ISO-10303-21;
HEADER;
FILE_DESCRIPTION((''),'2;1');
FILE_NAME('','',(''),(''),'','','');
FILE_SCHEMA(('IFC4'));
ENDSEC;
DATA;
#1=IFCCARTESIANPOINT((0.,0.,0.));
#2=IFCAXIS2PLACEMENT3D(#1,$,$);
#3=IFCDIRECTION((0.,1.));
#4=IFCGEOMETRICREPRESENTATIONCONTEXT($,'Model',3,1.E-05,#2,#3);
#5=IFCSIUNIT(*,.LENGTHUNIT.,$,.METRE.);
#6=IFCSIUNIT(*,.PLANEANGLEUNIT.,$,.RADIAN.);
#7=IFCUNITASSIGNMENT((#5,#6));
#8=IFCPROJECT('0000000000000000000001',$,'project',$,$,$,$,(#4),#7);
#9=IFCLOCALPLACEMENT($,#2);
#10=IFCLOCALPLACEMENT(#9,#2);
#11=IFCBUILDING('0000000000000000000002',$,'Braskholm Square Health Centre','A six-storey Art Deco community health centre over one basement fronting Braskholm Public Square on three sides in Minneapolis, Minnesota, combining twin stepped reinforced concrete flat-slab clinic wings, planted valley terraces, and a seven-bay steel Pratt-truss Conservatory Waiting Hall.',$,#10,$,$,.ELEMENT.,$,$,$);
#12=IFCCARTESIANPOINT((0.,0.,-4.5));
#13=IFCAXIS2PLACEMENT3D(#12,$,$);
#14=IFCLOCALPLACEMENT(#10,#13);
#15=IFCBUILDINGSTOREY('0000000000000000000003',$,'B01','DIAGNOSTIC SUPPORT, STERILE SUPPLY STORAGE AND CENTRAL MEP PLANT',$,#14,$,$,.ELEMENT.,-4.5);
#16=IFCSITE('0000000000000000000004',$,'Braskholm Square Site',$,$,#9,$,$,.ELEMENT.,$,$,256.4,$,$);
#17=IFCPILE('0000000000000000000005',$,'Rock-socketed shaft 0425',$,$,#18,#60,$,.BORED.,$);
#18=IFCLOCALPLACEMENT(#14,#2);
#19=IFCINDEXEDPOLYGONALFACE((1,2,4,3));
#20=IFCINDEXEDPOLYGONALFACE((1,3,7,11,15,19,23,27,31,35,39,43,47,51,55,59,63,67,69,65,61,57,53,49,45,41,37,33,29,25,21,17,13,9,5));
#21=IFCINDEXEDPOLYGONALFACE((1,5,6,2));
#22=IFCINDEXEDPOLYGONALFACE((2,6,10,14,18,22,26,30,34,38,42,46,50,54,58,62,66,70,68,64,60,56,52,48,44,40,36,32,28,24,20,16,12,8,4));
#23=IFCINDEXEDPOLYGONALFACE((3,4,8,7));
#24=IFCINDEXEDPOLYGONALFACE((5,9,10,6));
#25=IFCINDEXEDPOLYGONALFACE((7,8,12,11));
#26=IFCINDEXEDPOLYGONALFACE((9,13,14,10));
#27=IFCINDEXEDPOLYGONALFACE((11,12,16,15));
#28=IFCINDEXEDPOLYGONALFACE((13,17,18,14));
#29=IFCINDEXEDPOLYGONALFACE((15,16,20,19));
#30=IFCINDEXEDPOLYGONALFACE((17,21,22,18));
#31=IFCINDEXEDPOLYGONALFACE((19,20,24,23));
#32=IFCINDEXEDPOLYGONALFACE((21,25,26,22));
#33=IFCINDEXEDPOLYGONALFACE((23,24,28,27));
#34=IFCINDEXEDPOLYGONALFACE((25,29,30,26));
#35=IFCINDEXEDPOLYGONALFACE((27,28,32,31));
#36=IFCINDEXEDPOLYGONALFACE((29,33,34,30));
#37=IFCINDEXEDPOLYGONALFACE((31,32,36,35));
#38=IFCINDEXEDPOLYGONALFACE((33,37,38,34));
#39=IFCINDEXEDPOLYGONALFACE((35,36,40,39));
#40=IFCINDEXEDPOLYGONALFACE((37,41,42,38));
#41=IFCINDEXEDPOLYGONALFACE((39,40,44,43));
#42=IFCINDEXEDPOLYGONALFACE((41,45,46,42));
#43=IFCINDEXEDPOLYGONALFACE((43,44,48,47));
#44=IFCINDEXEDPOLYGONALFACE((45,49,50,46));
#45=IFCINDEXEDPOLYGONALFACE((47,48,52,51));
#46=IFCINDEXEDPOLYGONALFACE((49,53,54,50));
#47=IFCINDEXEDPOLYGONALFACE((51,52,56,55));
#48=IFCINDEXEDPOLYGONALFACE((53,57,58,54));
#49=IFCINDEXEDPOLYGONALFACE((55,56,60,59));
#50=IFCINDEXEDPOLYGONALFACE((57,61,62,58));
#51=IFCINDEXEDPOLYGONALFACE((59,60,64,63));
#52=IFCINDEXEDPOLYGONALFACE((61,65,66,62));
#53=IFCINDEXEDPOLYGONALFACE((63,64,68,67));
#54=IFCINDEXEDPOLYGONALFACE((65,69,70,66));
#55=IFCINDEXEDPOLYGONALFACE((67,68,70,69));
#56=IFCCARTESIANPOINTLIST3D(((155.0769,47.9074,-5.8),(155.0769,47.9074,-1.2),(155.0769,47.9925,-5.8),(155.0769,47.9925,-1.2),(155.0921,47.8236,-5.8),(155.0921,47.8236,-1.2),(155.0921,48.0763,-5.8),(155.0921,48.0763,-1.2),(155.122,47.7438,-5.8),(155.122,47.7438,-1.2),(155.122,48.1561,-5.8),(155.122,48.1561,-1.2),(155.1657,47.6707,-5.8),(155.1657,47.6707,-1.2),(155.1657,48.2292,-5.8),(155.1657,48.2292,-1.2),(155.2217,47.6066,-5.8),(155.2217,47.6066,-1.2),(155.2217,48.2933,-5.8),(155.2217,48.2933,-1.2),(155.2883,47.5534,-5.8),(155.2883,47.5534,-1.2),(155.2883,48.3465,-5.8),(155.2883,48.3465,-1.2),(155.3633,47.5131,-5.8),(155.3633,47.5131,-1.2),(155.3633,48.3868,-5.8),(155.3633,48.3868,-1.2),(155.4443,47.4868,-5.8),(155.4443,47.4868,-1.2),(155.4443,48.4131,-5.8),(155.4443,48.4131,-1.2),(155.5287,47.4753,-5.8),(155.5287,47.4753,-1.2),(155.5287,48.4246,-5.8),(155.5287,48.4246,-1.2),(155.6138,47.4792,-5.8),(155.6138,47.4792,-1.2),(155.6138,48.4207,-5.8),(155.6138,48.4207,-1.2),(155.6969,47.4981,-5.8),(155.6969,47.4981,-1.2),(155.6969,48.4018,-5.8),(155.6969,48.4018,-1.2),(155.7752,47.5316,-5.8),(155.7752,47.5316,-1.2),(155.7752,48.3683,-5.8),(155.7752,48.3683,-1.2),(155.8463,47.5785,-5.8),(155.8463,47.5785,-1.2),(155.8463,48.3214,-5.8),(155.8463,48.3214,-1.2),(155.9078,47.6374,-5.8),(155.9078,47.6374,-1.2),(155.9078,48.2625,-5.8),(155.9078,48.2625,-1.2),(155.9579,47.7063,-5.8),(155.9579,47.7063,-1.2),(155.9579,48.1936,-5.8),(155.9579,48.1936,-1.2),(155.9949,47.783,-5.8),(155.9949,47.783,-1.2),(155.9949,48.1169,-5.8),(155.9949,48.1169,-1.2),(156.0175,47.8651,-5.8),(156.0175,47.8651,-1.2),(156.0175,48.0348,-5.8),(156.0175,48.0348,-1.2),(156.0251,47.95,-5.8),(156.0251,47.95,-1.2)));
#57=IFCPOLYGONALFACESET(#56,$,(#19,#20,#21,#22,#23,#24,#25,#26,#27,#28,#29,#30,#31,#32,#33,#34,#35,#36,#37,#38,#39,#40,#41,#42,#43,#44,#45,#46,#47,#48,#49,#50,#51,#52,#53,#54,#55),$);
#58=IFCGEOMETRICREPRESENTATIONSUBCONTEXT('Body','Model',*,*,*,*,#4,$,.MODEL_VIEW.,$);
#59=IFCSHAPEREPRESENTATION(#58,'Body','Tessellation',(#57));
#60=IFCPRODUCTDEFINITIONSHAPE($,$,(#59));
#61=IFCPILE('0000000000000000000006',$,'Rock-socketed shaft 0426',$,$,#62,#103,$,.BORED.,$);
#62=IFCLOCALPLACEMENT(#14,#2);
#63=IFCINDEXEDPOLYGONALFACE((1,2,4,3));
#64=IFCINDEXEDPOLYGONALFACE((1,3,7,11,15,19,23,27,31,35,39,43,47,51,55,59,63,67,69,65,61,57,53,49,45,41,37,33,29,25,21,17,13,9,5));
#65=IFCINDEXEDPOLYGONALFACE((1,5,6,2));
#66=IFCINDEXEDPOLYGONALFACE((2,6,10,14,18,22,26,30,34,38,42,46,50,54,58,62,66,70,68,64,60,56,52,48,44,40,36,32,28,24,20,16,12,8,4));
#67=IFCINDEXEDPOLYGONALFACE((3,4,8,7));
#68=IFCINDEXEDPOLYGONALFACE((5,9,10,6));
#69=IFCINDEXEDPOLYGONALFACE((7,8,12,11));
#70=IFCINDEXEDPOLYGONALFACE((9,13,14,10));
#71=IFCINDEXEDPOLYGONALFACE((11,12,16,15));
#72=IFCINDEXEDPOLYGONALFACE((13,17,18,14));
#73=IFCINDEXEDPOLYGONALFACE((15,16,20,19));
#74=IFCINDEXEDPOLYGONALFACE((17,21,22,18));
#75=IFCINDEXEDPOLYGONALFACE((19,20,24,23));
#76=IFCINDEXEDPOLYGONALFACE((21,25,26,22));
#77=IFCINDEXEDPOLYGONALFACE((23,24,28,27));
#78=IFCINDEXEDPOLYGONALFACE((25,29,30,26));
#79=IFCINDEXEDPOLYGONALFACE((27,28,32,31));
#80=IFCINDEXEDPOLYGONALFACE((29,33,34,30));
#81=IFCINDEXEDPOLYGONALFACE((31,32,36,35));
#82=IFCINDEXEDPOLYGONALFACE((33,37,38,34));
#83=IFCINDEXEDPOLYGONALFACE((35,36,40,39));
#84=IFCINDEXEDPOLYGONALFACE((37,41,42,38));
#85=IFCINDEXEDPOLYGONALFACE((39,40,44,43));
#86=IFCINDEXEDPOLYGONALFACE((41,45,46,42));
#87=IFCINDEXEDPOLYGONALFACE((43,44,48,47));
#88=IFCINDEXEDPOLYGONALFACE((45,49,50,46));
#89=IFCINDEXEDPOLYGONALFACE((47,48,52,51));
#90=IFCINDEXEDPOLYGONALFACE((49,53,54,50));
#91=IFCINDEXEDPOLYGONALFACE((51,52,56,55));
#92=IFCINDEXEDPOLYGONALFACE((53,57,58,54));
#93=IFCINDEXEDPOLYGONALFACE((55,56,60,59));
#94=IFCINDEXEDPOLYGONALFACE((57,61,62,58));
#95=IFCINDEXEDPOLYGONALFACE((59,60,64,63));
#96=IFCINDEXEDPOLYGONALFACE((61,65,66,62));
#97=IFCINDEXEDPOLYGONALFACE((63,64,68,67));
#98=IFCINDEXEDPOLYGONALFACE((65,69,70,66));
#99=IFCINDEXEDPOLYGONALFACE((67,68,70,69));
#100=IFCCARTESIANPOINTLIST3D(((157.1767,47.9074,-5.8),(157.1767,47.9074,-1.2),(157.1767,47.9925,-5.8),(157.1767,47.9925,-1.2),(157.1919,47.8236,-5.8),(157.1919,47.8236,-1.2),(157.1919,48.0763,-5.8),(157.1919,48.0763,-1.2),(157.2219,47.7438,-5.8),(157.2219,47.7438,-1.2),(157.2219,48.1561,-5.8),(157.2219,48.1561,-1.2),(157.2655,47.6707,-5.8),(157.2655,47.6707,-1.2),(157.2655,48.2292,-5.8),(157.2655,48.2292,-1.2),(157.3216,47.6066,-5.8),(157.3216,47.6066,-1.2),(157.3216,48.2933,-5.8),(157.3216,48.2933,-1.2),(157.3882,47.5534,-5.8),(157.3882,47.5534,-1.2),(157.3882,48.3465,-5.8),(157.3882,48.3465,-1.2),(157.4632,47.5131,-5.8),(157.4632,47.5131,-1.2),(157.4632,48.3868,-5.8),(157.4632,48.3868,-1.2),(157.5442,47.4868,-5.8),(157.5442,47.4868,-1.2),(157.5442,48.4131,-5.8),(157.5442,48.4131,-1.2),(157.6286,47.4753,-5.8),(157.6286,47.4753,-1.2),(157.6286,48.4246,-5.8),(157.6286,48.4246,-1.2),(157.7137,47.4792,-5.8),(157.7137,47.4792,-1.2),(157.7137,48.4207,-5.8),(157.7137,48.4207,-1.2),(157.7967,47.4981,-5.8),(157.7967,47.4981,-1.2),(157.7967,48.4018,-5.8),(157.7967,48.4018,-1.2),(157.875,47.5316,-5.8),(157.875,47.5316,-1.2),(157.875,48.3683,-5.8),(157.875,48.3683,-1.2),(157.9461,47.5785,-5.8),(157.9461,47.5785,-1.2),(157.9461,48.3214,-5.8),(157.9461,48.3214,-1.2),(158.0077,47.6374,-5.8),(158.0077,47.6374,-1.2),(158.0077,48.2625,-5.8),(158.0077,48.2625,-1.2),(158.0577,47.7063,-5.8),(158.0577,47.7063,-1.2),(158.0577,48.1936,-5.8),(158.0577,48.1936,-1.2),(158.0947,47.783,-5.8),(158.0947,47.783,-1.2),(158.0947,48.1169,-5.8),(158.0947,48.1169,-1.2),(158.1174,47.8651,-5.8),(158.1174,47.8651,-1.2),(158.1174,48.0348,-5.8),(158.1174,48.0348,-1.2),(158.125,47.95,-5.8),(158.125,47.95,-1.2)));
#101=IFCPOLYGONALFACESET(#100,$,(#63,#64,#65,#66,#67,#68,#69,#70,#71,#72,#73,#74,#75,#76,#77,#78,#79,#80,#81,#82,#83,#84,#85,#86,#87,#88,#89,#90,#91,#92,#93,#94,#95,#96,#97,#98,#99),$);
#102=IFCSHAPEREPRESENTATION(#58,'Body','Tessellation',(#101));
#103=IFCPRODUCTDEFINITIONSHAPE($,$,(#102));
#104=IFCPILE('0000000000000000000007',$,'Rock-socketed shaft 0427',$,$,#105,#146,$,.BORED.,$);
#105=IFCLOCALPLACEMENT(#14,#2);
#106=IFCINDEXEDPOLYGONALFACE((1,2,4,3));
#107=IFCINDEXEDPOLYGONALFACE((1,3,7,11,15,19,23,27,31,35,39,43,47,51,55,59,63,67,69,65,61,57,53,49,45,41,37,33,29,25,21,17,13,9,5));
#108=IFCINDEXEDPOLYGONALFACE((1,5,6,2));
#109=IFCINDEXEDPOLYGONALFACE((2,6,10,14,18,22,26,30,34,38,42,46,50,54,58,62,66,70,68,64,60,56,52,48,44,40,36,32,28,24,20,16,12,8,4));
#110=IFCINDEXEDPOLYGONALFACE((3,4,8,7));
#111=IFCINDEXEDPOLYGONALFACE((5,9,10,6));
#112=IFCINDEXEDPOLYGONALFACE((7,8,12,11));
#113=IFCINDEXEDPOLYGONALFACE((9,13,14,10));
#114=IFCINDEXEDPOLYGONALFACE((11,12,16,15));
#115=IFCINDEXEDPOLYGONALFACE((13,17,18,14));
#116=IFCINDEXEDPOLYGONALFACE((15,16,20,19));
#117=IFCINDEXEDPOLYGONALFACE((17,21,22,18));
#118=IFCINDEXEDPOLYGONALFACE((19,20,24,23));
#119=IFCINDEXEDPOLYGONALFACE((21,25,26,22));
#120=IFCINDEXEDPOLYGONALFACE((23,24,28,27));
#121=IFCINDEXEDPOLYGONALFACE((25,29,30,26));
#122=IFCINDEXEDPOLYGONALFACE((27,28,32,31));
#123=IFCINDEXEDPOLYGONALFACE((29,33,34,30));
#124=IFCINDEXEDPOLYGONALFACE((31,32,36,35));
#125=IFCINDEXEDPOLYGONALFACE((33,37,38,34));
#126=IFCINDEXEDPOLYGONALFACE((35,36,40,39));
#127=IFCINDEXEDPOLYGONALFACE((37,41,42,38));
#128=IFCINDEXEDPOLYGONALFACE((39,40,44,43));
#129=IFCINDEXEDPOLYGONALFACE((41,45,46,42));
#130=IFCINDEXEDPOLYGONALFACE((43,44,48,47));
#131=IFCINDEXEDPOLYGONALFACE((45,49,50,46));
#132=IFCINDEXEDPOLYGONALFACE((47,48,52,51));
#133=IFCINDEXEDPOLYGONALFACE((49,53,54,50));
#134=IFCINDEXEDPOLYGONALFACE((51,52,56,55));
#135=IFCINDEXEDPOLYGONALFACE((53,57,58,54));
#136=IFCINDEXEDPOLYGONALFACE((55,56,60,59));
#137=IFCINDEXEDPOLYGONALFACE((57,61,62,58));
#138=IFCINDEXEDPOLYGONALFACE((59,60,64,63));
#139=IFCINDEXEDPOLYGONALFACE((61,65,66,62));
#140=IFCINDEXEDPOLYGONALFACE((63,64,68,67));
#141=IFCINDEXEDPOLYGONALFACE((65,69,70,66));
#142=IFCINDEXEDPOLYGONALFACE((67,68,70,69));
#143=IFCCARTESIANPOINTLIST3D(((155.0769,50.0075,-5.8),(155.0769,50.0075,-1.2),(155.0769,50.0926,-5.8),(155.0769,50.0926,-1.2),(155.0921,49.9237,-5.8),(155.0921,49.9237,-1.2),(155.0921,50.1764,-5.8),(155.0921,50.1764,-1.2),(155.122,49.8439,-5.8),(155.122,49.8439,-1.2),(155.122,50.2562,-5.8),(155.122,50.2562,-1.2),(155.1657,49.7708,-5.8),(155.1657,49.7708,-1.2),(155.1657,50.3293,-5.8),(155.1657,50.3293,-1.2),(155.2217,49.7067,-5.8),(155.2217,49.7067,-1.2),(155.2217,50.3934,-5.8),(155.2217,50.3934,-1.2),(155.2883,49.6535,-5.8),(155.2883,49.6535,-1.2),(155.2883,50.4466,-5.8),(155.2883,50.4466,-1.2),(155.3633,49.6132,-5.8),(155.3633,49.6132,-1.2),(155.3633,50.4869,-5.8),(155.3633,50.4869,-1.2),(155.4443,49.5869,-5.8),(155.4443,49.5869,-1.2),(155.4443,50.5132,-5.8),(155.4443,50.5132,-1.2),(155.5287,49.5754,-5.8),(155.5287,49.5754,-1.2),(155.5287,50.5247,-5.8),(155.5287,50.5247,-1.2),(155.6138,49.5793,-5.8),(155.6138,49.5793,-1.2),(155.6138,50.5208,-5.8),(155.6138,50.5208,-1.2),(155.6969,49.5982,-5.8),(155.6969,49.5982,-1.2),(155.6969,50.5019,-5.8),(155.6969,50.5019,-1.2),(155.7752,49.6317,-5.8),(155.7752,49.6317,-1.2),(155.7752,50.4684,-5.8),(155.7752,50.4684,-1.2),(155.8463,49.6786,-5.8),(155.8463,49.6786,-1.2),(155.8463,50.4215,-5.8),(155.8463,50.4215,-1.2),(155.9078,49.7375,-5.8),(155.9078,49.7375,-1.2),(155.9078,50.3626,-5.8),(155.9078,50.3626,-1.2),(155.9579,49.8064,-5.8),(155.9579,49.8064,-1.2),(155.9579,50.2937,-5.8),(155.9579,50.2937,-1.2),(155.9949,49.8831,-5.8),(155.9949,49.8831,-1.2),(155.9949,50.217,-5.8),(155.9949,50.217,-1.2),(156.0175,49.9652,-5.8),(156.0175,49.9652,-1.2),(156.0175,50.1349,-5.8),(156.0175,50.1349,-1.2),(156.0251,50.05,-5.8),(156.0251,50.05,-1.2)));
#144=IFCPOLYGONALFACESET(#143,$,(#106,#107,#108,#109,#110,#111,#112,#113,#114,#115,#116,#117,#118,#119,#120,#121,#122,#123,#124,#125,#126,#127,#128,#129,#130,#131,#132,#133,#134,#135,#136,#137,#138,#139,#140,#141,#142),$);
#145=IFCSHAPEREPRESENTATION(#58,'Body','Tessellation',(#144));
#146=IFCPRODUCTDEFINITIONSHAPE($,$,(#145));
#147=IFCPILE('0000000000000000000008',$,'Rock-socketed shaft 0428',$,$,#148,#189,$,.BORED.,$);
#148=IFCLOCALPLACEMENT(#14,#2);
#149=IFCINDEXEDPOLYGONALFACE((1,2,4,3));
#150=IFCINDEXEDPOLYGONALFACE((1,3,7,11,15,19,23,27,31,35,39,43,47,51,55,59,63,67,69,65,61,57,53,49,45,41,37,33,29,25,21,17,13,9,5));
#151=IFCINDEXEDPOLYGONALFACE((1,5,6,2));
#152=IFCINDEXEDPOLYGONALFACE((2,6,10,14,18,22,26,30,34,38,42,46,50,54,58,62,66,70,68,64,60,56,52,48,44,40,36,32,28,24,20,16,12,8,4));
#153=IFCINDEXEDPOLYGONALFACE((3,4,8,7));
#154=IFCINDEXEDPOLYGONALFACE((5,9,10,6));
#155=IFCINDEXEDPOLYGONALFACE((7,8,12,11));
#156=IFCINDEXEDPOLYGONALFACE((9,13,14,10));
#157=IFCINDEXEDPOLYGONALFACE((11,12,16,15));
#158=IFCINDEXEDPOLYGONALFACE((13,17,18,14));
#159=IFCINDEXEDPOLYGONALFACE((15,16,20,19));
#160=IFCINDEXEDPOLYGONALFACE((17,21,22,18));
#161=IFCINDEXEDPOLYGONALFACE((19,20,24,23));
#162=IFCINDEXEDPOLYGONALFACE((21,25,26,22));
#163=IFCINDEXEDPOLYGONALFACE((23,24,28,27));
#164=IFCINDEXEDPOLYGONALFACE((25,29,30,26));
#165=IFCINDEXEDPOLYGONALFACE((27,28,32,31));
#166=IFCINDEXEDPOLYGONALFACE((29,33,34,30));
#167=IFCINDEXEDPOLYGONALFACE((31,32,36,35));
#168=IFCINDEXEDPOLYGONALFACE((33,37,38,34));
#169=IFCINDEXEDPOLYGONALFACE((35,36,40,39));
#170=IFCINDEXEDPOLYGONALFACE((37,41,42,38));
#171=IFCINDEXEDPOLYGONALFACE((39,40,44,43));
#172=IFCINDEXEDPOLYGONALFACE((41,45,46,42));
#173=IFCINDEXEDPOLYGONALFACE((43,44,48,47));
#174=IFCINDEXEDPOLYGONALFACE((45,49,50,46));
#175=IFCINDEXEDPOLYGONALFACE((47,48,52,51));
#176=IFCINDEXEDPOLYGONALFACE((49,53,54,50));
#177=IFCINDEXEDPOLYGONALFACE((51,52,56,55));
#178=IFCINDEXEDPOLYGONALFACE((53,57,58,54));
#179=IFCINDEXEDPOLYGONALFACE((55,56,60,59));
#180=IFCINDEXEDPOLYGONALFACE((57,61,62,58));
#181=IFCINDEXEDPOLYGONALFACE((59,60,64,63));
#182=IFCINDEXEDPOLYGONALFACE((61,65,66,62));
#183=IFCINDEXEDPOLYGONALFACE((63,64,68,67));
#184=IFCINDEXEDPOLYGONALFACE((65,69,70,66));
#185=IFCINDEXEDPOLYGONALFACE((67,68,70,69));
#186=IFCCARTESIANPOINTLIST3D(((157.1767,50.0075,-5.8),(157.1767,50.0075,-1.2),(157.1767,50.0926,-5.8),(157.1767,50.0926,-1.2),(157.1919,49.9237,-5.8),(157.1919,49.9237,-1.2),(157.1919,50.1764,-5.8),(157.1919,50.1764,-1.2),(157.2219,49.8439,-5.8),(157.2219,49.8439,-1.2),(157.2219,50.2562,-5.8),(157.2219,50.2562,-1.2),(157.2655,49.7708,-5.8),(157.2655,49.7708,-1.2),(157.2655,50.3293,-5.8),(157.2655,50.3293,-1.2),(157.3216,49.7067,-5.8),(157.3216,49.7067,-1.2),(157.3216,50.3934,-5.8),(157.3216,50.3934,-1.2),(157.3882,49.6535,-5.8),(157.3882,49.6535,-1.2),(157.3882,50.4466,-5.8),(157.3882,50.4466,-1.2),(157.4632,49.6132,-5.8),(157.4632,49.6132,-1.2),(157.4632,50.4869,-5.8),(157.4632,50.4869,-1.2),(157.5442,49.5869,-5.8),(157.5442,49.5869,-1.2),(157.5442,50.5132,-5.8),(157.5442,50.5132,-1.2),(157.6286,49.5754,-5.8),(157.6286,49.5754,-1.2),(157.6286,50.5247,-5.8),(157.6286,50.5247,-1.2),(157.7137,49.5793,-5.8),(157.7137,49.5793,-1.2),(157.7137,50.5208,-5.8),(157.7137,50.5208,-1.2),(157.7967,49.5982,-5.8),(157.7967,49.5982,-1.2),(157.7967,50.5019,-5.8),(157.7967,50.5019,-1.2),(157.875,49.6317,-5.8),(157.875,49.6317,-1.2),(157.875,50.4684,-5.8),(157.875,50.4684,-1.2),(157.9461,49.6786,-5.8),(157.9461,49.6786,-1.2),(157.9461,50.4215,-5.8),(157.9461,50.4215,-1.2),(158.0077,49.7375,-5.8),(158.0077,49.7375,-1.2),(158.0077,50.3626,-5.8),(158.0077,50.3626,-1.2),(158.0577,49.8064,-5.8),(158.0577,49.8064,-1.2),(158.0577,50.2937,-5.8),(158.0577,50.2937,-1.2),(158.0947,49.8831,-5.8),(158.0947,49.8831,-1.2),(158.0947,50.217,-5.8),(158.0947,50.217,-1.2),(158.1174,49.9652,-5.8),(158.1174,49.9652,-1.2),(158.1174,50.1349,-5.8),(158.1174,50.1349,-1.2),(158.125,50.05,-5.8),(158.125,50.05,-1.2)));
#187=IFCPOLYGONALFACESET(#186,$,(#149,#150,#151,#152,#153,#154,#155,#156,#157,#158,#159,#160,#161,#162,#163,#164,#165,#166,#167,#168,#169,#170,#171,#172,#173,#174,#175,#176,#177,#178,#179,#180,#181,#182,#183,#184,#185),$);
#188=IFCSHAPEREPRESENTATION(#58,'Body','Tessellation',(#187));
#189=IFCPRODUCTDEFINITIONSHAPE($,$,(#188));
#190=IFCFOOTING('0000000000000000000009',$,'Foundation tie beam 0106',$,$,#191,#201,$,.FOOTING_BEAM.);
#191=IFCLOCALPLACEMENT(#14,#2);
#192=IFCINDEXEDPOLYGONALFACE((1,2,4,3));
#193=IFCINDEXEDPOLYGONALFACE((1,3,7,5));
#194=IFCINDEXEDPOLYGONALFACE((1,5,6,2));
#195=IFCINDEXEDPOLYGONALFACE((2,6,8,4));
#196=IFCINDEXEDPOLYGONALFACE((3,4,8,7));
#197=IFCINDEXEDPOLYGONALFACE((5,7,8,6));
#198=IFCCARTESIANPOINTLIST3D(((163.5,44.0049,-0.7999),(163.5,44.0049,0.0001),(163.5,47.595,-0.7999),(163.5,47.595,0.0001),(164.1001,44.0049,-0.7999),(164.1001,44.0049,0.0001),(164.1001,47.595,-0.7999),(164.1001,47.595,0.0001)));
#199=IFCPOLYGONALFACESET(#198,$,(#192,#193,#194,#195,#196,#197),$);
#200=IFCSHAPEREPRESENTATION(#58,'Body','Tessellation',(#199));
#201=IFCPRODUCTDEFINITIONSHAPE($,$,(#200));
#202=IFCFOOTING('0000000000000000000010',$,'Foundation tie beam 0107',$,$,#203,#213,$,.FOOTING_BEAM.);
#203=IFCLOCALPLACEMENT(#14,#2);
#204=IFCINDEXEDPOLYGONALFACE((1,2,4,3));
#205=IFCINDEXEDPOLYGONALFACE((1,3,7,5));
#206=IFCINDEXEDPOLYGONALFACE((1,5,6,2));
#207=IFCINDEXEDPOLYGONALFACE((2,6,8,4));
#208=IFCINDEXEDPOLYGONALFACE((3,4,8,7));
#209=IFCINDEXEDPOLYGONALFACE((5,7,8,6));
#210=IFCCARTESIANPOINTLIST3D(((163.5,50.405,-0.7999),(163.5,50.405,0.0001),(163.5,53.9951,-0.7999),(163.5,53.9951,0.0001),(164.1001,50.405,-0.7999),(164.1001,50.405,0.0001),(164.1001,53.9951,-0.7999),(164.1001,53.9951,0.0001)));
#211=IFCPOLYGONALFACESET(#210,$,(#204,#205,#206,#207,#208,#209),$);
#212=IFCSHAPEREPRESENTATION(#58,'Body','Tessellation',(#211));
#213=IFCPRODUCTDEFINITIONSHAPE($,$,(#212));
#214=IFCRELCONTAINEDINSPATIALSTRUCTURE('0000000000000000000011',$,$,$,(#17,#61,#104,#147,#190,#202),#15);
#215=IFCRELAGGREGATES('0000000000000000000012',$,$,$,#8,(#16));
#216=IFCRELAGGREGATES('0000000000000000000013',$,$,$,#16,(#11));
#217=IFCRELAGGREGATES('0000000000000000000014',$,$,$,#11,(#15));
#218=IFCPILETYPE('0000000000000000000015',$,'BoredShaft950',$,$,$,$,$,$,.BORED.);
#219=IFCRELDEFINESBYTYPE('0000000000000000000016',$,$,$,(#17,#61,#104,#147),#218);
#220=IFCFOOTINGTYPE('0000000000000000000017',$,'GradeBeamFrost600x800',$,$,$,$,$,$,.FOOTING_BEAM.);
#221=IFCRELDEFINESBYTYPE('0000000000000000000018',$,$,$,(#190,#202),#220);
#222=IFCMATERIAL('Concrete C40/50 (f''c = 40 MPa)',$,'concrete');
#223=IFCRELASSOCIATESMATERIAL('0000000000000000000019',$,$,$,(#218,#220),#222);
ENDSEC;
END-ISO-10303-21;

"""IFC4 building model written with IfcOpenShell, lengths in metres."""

from ifc_helpers import new_model, si_unit, direction, frame, origin, origin_2d, place, context, subcontext, project, spatial, rectangle, circle, extrude, material, material_profile, profile_set, type_object, element, save


model = new_model("IFC4")

# Units and contexts
model_context = context("Model", 3, precision=1e-05, world=origin(), true_north=direction((0.0, 1.0)))
body_context = subcontext(model_context, "Body", "Model", "MODEL_VIEW")
ifc_project = project(units=[si_unit("LENGTHUNIT", "METRE"), si_unit("PLANEANGLEUNIT", "RADIAN")], contexts=[model_context])

# Site, building, storey
site_placement = place(None, origin())
site = spatial("IfcSite", under=ifc_project, at=site_placement, Name="Braskholm Square Site", CompositionType="ELEMENT", RefElevation=256.4)
building_placement = place(site_placement, origin())
building = spatial("IfcBuilding", under=site, at=building_placement, Name="Braskholm Square Health Centre", Description="A six-storey Art Deco community health centre over one basement fronting Braskholm Public Square on three sides in Minneapolis, Minnesota, combining twin stepped reinforced concrete flat-slab clinic wings, planted valley terraces, and a seven-bay steel Pratt-truss Conservatory Waiting Hall.", CompositionType="ELEMENT")
storey_placement = place(building_placement, frame((0.0, 0.0, -4.5)))
storey = spatial("IfcBuildingStorey", under=building, at=storey_placement, Name="B01", Description="DIAGNOSTIC SUPPORT, STERILE SUPPLY STORAGE AND CENTRAL MEP PLANT", CompositionType="ELEMENT", Elevation=-4.5)

# Piles
ifc_material_1 = material(Name="Concrete C40/50 (f'c = 40 MPa)", Category="concrete")
ifc_material_profile_1 = material_profile(ifc_material_1, circle(Radius=0.4751, at=origin_2d()), Name="BORED-PILE-950")
ifc_profile_set_1 = profile_set([ifc_material_profile_1], Name="Concrete C40/50 (f'c = 40 MPa)")
pile_type_1 = type_object("IfcPileType", Name="BoredShaft950", PredefinedType="BORED", material=ifc_profile_set_1)
for number, where, z_axis, x_axis, name in (
    (1, (155.55, 47.95, -1.2), (0.0, 0.0, -1.0), (1.0, 0.0, 0.0), "Rock-socketed shaft 0425"),
    (2, (157.6499, 47.95, -1.2), (0.0, 0.0, -1.0), (1.0, 0.0, 0.0), "Rock-socketed shaft 0426"),
    (3, (155.55, 50.05, -1.2), (0.0, 0.0, -1.0), (1.0, 0.0, 0.0), "Rock-socketed shaft 0427"),
    (4, (157.6499, 50.05, -1.2), (0.0, 0.0, -1.0), (1.0, 0.0, 0.0), "Rock-socketed shaft 0428"),
):
    element("IfcPile", number, at=place(storey_placement, frame(where, z_axis=z_axis, x_axis=x_axis)), inside=storey, type_object=pile_type_1, Name=name, PredefinedType="BORED", context=body_context, shape_type="SweptSolid", body=[
        extrude(circle(Radius=0.4751, at=origin_2d()), origin(), (0.0, 0.0, 1.0), 4.6001),
    ])

# Footings
ifc_material_profile_2 = material_profile(ifc_material_1, rectangle(XDim=0.6001, YDim=0.8, at=origin_2d()), Name="FTG-600X800")
ifc_profile_set_2 = profile_set([ifc_material_profile_2], Name="Concrete C40/50 (f'c = 40 MPa)")
footing_type_1 = type_object("IfcFootingType", Name="GradeBeamFrost600x800", PredefinedType="FOOTING_BEAM", material=ifc_profile_set_2)
for number, where, z_axis, x_axis, name in (
    (5, (163.8, 44.0049, -0.3999), (0.0, 1.0, 0.0), (-1.0, 0.0, 0.0), "Foundation tie beam 0106"),
    (6, (163.8, 50.405, -0.3999), (0.0, 1.0, 0.0), (-1.0, 0.0, 0.0), "Foundation tie beam 0107"),
):
    element("IfcFooting", number, at=place(storey_placement, frame(where, z_axis=z_axis, x_axis=x_axis)), inside=storey, type_object=footing_type_1, Name=name, PredefinedType="FOOTING_BEAM", context=body_context, shape_type="SweptSolid", body=[
        extrude(rectangle(XDim=0.6001, YDim=0.8, at=origin_2d()), origin(), (0.0, 0.0, 1.0), 3.5901),
    ])

save(model, "model.ifc")
